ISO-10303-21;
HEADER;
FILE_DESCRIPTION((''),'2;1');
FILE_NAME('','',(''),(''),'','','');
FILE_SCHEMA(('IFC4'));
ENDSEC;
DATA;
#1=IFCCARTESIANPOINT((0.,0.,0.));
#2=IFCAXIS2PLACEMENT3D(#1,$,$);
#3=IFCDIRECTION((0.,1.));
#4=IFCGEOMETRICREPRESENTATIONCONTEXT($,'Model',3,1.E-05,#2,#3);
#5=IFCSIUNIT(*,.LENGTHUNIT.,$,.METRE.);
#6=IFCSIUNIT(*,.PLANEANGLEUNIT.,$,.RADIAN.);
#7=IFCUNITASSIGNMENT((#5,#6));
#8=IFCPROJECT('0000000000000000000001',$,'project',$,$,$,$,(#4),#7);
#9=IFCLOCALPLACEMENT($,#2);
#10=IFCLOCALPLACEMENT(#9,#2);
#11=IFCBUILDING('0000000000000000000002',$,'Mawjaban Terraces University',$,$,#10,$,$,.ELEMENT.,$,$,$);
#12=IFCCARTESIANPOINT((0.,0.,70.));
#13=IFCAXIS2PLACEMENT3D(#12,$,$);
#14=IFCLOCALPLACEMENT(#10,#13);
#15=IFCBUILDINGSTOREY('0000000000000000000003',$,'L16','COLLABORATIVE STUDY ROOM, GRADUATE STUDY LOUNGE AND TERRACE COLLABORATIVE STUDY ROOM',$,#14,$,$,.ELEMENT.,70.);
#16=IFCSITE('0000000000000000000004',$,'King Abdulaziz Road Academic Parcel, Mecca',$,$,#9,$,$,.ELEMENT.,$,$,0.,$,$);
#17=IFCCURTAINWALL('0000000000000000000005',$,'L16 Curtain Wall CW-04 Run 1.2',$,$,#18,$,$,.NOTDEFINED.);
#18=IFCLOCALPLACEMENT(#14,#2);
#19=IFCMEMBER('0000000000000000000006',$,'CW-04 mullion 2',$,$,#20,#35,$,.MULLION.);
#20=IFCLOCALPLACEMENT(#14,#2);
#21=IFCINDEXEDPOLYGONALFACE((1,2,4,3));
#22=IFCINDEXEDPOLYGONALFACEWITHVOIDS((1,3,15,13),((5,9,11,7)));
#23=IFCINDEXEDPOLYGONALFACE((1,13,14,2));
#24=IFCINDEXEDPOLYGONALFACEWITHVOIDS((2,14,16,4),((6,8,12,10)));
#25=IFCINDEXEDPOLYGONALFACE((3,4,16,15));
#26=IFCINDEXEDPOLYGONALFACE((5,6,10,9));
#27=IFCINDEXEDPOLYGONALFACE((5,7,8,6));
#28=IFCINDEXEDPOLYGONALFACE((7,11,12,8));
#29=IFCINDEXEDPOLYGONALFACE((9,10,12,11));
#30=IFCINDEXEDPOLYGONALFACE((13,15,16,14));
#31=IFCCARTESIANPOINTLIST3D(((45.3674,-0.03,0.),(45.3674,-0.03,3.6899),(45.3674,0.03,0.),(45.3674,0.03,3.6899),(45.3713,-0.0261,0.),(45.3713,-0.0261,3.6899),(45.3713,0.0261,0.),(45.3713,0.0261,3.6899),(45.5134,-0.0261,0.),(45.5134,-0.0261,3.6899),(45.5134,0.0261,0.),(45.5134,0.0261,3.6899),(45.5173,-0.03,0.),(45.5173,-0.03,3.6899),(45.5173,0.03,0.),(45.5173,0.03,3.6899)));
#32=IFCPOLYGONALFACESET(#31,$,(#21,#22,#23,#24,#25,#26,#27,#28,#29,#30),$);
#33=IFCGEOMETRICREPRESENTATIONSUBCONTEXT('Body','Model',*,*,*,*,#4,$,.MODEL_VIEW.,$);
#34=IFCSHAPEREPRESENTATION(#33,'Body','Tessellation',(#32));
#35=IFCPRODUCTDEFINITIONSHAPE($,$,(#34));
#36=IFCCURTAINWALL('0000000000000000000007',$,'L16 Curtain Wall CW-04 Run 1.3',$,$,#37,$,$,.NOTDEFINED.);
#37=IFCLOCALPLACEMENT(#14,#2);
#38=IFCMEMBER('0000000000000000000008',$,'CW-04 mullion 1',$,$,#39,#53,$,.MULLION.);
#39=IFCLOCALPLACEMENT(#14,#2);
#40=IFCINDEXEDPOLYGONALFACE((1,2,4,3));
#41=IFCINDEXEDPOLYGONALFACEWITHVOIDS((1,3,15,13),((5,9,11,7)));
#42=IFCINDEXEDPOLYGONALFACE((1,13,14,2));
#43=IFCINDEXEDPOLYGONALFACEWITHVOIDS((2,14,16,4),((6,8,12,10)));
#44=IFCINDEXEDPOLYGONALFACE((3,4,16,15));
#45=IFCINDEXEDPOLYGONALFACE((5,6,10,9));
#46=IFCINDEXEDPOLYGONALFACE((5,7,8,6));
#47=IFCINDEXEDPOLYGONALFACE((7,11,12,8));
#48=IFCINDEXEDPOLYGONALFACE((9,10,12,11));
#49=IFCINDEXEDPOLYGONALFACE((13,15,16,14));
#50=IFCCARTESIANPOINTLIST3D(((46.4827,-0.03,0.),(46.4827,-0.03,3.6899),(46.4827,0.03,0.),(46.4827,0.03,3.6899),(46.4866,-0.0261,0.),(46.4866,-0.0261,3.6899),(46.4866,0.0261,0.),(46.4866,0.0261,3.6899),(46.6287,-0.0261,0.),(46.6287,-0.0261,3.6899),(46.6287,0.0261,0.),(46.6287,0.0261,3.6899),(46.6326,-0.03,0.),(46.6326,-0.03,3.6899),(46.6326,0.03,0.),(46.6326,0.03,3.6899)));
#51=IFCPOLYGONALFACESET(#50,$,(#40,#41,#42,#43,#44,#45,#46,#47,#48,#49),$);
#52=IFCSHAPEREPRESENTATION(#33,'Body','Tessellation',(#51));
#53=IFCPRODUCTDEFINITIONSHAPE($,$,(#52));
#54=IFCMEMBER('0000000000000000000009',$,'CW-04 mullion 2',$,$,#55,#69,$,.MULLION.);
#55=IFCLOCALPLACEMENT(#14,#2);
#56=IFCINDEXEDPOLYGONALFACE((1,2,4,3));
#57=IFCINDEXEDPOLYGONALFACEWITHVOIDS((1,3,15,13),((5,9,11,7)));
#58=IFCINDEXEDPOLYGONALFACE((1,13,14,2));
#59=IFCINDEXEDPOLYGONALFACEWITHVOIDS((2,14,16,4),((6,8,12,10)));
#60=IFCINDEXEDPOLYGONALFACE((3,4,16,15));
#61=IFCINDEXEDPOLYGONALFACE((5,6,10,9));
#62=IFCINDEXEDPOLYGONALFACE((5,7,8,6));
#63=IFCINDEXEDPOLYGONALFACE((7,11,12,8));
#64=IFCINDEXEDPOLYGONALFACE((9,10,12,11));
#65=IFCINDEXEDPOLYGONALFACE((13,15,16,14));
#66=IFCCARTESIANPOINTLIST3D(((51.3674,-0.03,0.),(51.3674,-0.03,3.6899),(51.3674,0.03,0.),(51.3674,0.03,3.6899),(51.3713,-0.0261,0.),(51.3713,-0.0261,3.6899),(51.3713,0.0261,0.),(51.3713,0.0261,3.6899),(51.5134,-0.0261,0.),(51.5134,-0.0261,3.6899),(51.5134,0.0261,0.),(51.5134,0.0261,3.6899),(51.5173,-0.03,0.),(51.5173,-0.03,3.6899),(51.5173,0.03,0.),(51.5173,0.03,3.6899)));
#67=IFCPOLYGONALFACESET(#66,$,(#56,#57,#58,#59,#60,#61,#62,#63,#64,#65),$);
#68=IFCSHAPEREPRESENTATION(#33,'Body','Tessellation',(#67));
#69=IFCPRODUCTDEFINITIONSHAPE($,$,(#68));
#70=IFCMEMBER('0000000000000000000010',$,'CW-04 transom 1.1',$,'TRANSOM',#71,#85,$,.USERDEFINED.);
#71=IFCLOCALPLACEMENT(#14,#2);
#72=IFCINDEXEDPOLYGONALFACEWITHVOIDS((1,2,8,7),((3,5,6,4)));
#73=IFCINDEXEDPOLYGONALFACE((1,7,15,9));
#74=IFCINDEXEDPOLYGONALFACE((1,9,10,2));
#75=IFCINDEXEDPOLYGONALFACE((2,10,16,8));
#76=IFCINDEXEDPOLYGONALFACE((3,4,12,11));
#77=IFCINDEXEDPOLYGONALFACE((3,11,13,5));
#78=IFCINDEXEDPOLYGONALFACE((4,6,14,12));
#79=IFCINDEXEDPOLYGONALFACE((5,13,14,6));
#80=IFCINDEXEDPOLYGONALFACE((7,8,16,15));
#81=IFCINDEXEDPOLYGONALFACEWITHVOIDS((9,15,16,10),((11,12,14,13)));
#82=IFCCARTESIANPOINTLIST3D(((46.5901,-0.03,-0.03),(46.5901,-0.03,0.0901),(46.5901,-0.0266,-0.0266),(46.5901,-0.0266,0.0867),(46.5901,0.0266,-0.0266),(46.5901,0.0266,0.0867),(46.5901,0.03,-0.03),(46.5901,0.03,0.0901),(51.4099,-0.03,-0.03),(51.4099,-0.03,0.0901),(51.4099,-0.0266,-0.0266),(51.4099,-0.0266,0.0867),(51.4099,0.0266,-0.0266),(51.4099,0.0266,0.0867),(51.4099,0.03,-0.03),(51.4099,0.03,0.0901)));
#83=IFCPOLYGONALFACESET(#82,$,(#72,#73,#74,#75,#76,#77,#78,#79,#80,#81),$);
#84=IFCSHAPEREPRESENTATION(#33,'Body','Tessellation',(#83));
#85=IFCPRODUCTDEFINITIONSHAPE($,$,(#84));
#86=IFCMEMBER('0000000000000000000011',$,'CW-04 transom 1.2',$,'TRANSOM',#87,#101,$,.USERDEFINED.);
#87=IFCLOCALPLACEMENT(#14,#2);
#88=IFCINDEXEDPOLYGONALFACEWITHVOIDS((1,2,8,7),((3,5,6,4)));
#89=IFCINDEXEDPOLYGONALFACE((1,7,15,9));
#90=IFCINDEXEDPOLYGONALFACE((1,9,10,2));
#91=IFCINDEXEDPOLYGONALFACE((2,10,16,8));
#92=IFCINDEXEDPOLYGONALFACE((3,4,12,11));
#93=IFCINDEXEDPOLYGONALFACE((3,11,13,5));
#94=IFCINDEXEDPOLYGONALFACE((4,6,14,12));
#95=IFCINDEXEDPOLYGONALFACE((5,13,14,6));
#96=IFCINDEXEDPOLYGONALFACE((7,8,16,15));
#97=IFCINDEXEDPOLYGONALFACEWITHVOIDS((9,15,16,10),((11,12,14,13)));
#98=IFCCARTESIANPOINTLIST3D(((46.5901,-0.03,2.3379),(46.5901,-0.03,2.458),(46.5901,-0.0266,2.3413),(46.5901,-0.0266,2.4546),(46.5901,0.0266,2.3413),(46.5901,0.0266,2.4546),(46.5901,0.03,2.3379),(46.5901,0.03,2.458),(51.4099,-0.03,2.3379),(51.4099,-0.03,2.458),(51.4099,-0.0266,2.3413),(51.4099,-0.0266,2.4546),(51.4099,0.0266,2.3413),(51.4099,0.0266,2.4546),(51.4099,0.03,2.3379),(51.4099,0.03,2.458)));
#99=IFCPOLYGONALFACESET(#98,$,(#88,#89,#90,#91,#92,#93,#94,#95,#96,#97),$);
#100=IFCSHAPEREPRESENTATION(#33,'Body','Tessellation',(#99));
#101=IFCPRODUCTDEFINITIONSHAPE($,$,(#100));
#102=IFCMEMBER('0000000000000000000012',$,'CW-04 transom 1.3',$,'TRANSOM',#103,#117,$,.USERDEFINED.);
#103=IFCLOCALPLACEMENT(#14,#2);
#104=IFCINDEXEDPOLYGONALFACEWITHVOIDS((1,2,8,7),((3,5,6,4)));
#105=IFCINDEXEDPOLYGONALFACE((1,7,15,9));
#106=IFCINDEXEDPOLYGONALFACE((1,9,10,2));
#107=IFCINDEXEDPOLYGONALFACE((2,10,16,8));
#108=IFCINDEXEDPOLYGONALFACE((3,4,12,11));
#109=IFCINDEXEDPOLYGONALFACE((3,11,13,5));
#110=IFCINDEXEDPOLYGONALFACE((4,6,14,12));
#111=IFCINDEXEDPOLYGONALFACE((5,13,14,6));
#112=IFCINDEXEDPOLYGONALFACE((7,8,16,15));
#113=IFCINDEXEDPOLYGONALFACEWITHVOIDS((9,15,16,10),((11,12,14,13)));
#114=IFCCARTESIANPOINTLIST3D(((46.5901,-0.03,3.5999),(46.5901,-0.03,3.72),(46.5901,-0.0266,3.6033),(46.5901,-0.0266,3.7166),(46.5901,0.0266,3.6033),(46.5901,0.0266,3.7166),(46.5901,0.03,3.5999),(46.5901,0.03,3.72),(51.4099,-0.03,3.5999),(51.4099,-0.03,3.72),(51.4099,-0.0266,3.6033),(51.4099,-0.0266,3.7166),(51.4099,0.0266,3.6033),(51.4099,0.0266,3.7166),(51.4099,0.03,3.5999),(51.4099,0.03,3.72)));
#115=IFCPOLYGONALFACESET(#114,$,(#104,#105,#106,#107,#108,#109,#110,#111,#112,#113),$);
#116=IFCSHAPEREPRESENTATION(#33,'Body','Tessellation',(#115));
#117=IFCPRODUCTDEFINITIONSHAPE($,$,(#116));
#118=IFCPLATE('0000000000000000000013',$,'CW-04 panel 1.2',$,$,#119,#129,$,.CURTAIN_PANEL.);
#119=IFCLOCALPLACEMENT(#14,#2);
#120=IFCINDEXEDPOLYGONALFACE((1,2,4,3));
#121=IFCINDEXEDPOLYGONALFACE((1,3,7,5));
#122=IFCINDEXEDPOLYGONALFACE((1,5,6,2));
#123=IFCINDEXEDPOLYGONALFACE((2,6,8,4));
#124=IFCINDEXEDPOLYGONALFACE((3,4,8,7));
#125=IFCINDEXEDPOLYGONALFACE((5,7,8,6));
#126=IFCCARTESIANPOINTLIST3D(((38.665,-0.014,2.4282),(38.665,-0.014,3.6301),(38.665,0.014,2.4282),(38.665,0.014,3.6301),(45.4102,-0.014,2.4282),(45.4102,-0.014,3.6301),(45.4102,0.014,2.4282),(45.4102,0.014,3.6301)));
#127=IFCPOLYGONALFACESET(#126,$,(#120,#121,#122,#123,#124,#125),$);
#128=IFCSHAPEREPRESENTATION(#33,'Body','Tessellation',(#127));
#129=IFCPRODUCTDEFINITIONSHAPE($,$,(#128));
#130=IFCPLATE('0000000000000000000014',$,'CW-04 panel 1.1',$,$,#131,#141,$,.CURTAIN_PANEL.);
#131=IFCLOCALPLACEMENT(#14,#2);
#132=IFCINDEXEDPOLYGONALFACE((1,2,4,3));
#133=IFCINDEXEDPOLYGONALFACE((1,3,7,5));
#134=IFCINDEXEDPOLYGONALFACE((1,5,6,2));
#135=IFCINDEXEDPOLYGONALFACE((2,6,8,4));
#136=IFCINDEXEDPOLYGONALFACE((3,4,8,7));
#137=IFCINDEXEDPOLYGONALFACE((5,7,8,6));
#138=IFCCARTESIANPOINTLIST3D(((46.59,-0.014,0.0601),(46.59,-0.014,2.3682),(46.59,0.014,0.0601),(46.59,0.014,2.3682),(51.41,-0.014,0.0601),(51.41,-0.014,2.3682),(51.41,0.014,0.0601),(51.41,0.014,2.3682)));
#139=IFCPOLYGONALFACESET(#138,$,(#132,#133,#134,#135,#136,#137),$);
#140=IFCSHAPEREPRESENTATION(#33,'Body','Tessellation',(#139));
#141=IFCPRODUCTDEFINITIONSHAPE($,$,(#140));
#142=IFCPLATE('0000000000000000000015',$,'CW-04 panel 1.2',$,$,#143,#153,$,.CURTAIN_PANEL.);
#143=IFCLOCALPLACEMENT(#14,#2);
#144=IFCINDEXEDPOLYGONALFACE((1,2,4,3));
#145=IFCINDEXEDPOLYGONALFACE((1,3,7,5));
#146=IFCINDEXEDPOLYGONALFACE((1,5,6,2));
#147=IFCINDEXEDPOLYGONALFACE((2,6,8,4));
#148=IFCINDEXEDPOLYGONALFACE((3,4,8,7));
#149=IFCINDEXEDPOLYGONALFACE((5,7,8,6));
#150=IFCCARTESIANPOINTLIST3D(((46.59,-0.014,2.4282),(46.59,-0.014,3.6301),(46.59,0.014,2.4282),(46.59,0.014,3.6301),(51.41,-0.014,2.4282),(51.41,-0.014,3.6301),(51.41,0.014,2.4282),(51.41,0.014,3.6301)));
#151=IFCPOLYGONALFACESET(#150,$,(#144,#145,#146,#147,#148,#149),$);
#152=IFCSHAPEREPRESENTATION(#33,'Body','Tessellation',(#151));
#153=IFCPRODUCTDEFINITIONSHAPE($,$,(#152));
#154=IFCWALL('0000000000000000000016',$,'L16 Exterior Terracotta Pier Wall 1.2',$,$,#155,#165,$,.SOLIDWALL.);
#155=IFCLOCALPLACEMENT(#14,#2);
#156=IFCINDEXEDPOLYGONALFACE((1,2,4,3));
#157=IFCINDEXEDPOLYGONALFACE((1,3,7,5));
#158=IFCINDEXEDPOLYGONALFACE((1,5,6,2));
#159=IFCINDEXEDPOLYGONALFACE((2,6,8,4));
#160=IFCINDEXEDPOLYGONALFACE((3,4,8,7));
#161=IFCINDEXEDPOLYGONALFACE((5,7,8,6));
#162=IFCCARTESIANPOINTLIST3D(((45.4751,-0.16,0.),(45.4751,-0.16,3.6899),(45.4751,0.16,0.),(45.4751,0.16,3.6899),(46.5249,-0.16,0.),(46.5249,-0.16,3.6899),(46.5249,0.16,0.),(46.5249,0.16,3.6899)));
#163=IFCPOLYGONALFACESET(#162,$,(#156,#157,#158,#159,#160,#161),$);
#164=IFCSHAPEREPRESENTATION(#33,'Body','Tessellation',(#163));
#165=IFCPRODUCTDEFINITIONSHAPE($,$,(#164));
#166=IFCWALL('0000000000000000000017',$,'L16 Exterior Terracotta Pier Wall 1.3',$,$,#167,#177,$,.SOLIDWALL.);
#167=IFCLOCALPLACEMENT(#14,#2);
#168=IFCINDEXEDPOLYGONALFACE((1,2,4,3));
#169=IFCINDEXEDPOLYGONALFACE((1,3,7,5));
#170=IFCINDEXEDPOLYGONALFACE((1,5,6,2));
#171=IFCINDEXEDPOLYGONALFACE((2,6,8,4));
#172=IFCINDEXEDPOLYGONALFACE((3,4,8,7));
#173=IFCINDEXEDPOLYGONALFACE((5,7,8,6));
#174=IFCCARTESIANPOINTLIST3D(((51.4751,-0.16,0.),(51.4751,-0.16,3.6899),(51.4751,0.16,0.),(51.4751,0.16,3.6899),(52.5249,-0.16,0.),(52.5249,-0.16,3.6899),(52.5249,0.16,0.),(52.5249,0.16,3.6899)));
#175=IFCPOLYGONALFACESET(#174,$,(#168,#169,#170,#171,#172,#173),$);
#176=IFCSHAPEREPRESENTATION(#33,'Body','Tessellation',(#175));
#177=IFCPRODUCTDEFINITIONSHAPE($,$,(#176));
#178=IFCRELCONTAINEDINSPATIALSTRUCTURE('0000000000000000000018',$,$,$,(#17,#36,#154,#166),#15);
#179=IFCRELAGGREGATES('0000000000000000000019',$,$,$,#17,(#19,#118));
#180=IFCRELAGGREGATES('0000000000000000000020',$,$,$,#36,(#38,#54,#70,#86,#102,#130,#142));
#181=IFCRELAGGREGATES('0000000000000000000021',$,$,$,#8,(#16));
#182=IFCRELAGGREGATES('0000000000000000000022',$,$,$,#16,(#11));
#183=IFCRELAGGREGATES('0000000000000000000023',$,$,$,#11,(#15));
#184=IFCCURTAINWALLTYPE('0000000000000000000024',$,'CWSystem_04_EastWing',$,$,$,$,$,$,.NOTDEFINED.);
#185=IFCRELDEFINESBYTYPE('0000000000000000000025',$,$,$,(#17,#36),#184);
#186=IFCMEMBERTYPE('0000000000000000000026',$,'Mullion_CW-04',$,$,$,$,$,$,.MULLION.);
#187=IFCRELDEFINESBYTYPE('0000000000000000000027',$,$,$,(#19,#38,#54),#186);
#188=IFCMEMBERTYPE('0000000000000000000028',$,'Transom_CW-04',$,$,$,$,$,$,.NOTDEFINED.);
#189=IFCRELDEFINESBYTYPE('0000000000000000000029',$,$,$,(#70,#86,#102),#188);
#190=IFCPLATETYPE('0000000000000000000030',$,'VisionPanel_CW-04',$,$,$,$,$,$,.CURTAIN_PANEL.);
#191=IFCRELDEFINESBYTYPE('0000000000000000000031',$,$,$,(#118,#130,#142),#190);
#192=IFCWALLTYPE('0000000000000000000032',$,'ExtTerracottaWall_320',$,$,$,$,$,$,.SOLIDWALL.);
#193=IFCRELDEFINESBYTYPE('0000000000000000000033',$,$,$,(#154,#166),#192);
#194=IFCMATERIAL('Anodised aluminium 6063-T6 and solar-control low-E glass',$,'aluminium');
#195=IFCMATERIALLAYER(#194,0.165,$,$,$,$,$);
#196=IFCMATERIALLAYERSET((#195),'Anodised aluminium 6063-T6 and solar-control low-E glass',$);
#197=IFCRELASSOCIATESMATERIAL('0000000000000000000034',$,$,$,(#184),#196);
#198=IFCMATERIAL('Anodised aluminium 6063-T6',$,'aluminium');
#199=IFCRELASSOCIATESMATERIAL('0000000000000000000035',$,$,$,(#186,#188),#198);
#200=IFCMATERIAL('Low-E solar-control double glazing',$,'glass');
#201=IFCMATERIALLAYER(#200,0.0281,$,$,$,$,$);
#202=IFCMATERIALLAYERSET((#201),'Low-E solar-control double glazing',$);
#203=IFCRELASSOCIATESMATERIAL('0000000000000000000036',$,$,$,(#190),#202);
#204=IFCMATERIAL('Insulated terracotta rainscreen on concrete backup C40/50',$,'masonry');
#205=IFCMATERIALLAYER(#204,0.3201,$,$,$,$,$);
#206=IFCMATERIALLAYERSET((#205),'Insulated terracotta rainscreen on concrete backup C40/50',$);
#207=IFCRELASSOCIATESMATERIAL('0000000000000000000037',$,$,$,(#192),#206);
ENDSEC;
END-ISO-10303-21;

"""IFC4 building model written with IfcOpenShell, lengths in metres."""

from ifc_helpers import new_model, si_unit, direction, frame, frame_2d, origin, origin_2d, place, context, subcontext, project, spatial, rectangle, hollow_rectangle, extrude, material, layer, layer_set, material_profile, profile_set, type_object, element, aggregate, save


model = new_model("IFC4")

# Units and contexts
model_context = context("Model", 3, precision=1e-05, world=origin(), true_north=direction((0.0, 1.0)))
body_context = subcontext(model_context, "Body", "Model", "MODEL_VIEW")
ifc_project = project(units=[si_unit("LENGTHUNIT", "METRE"), si_unit("PLANEANGLEUNIT", "RADIAN")], contexts=[model_context])

# Site, building, storey
site_placement = place(None, origin())
site = spatial("IfcSite", under=ifc_project, at=site_placement, Name="King Abdulaziz Road Academic Parcel, Mecca", CompositionType="ELEMENT", RefElevation=0.0)
building_placement = place(site_placement, origin())
building = spatial("IfcBuilding", under=site, at=building_placement, Name="Mawjaban Terraces University", CompositionType="ELEMENT")
storey_placement = place(building_placement, frame((0.0, 0.0, 70.0)))
storey = spatial("IfcBuildingStorey", under=building, at=storey_placement, Name="L16", Description="COLLABORATIVE STUDY ROOM, GRADUATE STUDY LOUNGE AND TERRACE COLLABORATIVE STUDY ROOM", CompositionType="ELEMENT", Elevation=70.0)

# Curtain wall, member
ifc_material_1 = material(Name="Anodised aluminium 6063-T6 and solar-control low-E glass", Category="aluminium")
ifc_layer_1 = layer(ifc_material_1, 0.165)
ifc_layer_set_1 = layer_set([ifc_layer_1], Name="Anodised aluminium 6063-T6 and solar-control low-E glass")
curtain_wall_type = type_object("IfcCurtainWallType", Name="CWSystem_04_EastWing", PredefinedType="NOTDEFINED", material=ifc_layer_set_1)
curtain_wall_1_placement = place(storey_placement, origin())
curtain_wall_1 = element("IfcCurtainWall", 1, at=curtain_wall_1_placement, inside=storey, type_object=curtain_wall_type, Name="L16 Curtain Wall CW-04 Run 1.2", PredefinedType="NOTDEFINED")
ifc_material_2 = material(Name="Anodised aluminium 6063-T6", Category="aluminium")
ifc_material_profile_1 = material_profile(ifc_material_2, hollow_rectangle(XDim=0.0601, YDim=0.1499, WallThickness=0.0039, at=origin_2d()), Name="ALU150X60X4")
ifc_profile_set_1 = profile_set([ifc_material_profile_1], Name="Anodised aluminium 6063-T6")
member_type_1 = type_object("IfcMemberType", Name="Mullion_CW-04", PredefinedType="MULLION", material=ifc_profile_set_1)
member_1_placement = place(storey_placement, frame((45.4424, 0.0, 0.0), z_axis=(0.0, 0.0, 1.0), x_axis=(0.0, 1.0, 0.0)))
member_1 = element("IfcMember", 2, at=member_1_placement, type_object=member_type_1, Name="CW-04 mullion 2", PredefinedType="MULLION", context=body_context, shape_type="SweptSolid", body=[
    extrude(hollow_rectangle(XDim=0.0601, YDim=0.1499, WallThickness=0.0039, at=origin_2d()), origin(), (0.0, 0.0, 1.0), 3.6899),
])

# Curtain wall, members
curtain_wall_2_placement = place(storey_placement, origin())
curtain_wall_2 = element("IfcCurtainWall", 3, at=curtain_wall_2_placement, inside=storey, type_object=curtain_wall_type, Name="L16 Curtain Wall CW-04 Run 1.3", PredefinedType="NOTDEFINED")
member_2_placement = place(storey_placement, frame((46.5576, 0.0, 0.0), z_axis=(0.0, 0.0, 1.0), x_axis=(0.0, 1.0, 0.0)))
member_2 = element("IfcMember", 4, at=member_2_placement, type_object=member_type_1, Name="CW-04 mullion 1", PredefinedType="MULLION", context=body_context, shape_type="SweptSolid", body=[
    extrude(hollow_rectangle(XDim=0.0601, YDim=0.1499, WallThickness=0.0039, at=origin_2d()), origin(), (0.0, 0.0, 1.0), 3.6899),
])
member_3_placement = place(storey_placement, frame((51.4424, 0.0, 0.0), z_axis=(0.0, 0.0, 1.0), x_axis=(0.0, 1.0, 0.0)))
member_3 = element("IfcMember", 5, at=member_3_placement, type_object=member_type_1, Name="CW-04 mullion 2", PredefinedType="MULLION", context=body_context, shape_type="SweptSolid", body=[
    extrude(hollow_rectangle(XDim=0.0601, YDim=0.1499, WallThickness=0.0039, at=origin_2d()), origin(), (0.0, 0.0, 1.0), 3.6899),
])
ifc_material_profile_2 = material_profile(ifc_material_2, hollow_rectangle(XDim=0.0601, YDim=0.1201, WallThickness=0.0034, at=origin_2d()), Name="ALU120X60X3.5")
ifc_profile_set_2 = profile_set([ifc_material_profile_2], Name="Anodised aluminium 6063-T6")
member_type_2 = type_object("IfcMemberType", Name="Transom_CW-04", PredefinedType="NOTDEFINED", material=ifc_profile_set_2)
member_4_placement = place(storey_placement, frame((46.5901, 0.0, 0.03), z_axis=(1.0, 0.0, 0.0), x_axis=(0.0, 1.0, 0.0)))
member_4 = element("IfcMember", 6, at=member_4_placement, type_object=member_type_2, Name="CW-04 transom 1.1", ObjectType="TRANSOM", PredefinedType="USERDEFINED", context=body_context, shape_type="SweptSolid", body=[
    extrude(hollow_rectangle(XDim=0.0601, YDim=0.1201, WallThickness=0.0034, at=origin_2d()), origin(), (0.0, 0.0, 1.0), 4.8198),
])
member_5_placement = place(storey_placement, frame((46.5901, 0.0, 2.3979), z_axis=(1.0, 0.0, 0.0), x_axis=(0.0, 1.0, 0.0)))
member_5 = element("IfcMember", 7, at=member_5_placement, type_object=member_type_2, Name="CW-04 transom 1.2", ObjectType="TRANSOM", PredefinedType="USERDEFINED", context=body_context, shape_type="SweptSolid", body=[
    extrude(hollow_rectangle(XDim=0.0601, YDim=0.1201, WallThickness=0.0034, at=origin_2d()), origin(), (0.0, 0.0, 1.0), 4.8198),
])
member_6_placement = place(storey_placement, frame((46.5901, 0.0, 3.6599), z_axis=(1.0, 0.0, 0.0), x_axis=(0.0, 1.0, 0.0)))
member_6 = element("IfcMember", 8, at=member_6_placement, type_object=member_type_2, Name="CW-04 transom 1.3", ObjectType="TRANSOM", PredefinedType="USERDEFINED", context=body_context, shape_type="SweptSolid", body=[
    extrude(hollow_rectangle(XDim=0.0601, YDim=0.1201, WallThickness=0.0034, at=origin_2d()), origin(), (0.0, 0.0, 1.0), 4.8198),
])

# Plates
ifc_material_3 = material(Name="Low-E solar-control double glazing", Category="glass")
ifc_layer_2 = layer(ifc_material_3, 0.0281)
ifc_layer_set_2 = layer_set([ifc_layer_2], Name="Low-E solar-control double glazing")
plate_type = type_object("IfcPlateType", Name="VisionPanel_CW-04", PredefinedType="CURTAIN_PANEL", material=ifc_layer_set_2)
plate_1_placement = place(storey_placement, frame((42.0376, 0.0, 2.4282), z_axis=(0.0, 0.0, 1.0), x_axis=(1.0, 0.0, 0.0)))
plate_1 = element("IfcPlate", 9, at=plate_1_placement, type_object=plate_type, Name="CW-04 panel 1.2", PredefinedType="CURTAIN_PANEL", context=body_context, shape_type="SweptSolid", body=[
    extrude(rectangle(XDim=6.7451, YDim=0.0281, at=origin_2d()), origin(), (0.0, 0.0, 1.0), 1.2019),
])
aggregate(curtain_wall_1, [member_1, plate_1])
plate_2_placement = place(storey_placement, frame((49.0, 0.0, 0.0601), z_axis=(0.0, 0.0, 1.0), x_axis=(1.0, 0.0, 0.0)))
plate_2 = element("IfcPlate", 10, at=plate_2_placement, type_object=plate_type, Name="CW-04 panel 1.1", PredefinedType="CURTAIN_PANEL", context=body_context, shape_type="SweptSolid", body=[
    extrude(rectangle(XDim=4.8201, YDim=0.0281, at=origin_2d()), origin(), (0.0, 0.0, 1.0), 2.3081),
])
plate_3_placement = place(storey_placement, frame((49.0, 0.0, 2.4282), z_axis=(0.0, 0.0, 1.0), x_axis=(1.0, 0.0, 0.0)))
plate_3 = element("IfcPlate", 11, at=plate_3_placement, type_object=plate_type, Name="CW-04 panel 1.2", PredefinedType="CURTAIN_PANEL", context=body_context, shape_type="SweptSolid", body=[
    extrude(rectangle(XDim=4.8201, YDim=0.0281, at=origin_2d()), origin(), (0.0, 0.0, 1.0), 1.2019),
])
aggregate(curtain_wall_2, [member_2, member_3, member_4, member_5, member_6, plate_2, plate_3])

# Walls
ifc_material_4 = material(Name="Insulated terracotta rainscreen on concrete backup C40/50", Category="masonry")
ifc_layer_3 = layer(ifc_material_4, 0.3201)
ifc_layer_set_3 = layer_set([ifc_layer_3], Name="Insulated terracotta rainscreen on concrete backup C40/50")
wall_type = type_object("IfcWallType", Name="ExtTerracottaWall_320", PredefinedType="SOLIDWALL", material=ifc_layer_set_3)
for number, where, z_axis, x_axis, name in (
    (12, (45.4751, 0.0, 0.0), (0.0, 0.0, 1.0), (1.0, 0.0, 0.0), "L16 Exterior Terracotta Pier Wall 1.2"),
    (13, (51.4751, 0.0, 0.0), (0.0, 0.0, 1.0), (1.0, 0.0, 0.0), "L16 Exterior Terracotta Pier Wall 1.3"),
):
    element("IfcWall", number, at=place(storey_placement, frame(where, z_axis=z_axis, x_axis=x_axis)), inside=storey, type_object=wall_type, Name=name, PredefinedType="SOLIDWALL", context=body_context, shape_type="SweptSolid", body=[
        extrude(rectangle(XDim=1.0498, YDim=0.3201, at=frame_2d((0.5249, 0.0))), origin(), (0.0, 0.0, 1.0), 3.6899),
    ])

save(model, "model.ifc")
